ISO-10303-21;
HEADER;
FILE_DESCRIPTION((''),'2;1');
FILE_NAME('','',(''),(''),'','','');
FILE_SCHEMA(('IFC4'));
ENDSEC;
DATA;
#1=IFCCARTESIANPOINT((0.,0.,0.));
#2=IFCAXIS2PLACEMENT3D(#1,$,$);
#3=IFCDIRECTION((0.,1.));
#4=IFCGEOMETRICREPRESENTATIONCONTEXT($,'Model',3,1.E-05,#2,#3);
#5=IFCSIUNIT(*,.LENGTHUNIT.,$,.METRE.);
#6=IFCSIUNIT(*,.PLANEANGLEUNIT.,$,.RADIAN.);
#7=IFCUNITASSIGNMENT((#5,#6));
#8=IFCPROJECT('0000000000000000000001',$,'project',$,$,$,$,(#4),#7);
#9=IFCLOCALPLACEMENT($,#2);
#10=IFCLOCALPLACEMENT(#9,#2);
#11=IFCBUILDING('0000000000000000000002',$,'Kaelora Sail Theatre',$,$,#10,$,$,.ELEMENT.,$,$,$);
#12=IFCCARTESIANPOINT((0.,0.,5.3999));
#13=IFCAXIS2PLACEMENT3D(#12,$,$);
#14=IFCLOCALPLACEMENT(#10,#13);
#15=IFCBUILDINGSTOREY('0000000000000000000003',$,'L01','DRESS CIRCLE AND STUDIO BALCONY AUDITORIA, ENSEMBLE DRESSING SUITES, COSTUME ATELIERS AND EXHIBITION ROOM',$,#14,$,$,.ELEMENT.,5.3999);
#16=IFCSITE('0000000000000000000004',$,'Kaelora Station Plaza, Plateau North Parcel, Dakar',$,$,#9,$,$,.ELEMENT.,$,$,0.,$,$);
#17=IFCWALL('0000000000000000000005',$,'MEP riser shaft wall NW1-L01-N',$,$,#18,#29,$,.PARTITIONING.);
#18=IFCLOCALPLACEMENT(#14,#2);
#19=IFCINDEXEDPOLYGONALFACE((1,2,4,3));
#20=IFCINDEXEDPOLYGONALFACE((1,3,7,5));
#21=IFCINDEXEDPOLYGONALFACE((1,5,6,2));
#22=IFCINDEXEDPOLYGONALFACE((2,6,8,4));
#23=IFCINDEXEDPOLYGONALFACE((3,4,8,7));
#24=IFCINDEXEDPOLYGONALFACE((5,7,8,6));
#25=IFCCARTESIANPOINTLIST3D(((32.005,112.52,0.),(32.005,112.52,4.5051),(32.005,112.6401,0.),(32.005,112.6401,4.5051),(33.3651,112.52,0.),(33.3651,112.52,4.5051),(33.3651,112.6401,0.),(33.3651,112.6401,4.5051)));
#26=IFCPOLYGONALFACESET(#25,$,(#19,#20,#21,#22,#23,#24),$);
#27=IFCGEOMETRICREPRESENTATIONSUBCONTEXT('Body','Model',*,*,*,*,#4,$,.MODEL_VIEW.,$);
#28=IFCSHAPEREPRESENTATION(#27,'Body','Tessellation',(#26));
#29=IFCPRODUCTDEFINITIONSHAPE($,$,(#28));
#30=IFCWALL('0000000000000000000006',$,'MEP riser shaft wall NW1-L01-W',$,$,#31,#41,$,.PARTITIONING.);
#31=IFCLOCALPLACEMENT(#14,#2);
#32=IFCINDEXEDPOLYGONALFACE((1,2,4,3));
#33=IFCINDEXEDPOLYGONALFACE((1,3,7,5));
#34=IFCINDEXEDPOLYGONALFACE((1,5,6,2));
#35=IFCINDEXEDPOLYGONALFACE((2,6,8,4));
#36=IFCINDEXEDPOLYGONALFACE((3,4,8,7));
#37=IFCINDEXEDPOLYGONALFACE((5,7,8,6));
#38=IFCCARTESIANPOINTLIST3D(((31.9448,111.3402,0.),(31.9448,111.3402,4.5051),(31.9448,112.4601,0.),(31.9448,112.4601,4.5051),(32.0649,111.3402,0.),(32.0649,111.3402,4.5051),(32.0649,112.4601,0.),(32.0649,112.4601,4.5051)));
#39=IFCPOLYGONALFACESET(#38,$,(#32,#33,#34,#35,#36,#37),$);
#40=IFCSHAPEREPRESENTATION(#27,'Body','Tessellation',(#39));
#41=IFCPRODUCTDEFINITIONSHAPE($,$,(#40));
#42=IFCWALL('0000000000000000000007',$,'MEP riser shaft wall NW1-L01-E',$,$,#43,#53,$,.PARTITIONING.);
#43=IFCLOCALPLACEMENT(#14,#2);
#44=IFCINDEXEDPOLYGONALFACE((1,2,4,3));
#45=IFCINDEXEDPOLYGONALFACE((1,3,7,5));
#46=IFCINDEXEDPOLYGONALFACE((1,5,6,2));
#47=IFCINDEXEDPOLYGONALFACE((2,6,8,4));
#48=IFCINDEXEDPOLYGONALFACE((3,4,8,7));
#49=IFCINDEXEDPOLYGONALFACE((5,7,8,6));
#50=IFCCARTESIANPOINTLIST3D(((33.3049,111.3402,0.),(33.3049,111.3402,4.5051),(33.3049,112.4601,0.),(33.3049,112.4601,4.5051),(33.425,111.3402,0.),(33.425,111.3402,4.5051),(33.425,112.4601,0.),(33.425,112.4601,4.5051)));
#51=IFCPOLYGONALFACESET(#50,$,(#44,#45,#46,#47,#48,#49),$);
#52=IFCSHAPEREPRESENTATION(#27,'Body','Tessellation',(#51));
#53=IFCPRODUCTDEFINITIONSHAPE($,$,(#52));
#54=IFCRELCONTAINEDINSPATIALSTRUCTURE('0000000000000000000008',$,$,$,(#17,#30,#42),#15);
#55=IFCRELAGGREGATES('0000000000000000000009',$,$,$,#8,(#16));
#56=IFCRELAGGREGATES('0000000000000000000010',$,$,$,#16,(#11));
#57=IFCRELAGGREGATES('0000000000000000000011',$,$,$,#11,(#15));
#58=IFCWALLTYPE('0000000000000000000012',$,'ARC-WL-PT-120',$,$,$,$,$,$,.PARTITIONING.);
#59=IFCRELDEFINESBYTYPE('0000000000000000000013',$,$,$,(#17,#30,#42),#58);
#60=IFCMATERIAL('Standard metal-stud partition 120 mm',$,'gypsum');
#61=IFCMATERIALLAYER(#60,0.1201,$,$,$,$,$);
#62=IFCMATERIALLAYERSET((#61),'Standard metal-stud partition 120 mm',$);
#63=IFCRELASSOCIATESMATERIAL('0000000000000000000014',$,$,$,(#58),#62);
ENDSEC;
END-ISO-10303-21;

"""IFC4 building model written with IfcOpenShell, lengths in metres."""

from ifc_helpers import new_model, si_unit, direction, frame, frame_2d, origin, place, context, subcontext, project, spatial, rectangle, extrude, material, layer, layer_set, type_object, element, save


model = new_model("IFC4")

# Units and contexts
model_context = context("Model", 3, precision=1e-05, world=origin(), true_north=direction((0.0, 1.0)))
body_context = subcontext(model_context, "Body", "Model", "MODEL_VIEW")
ifc_project = project(units=[si_unit("LENGTHUNIT", "METRE"), si_unit("PLANEANGLEUNIT", "RADIAN")], contexts=[model_context])

# Site, building, storey
site_placement = place(None, origin())
site = spatial("IfcSite", under=ifc_project, at=site_placement, Name="Kaelora Station Plaza, Plateau North Parcel, Dakar", CompositionType="ELEMENT", RefElevation=0.0)
building_placement = place(site_placement, origin())
building = spatial("IfcBuilding", under=site, at=building_placement, Name="Kaelora Sail Theatre", CompositionType="ELEMENT")
storey_placement = place(building_placement, frame((0.0, 0.0, 5.3999)))
storey = spatial("IfcBuildingStorey", under=building, at=storey_placement, Name="L01", Description="DRESS CIRCLE AND STUDIO BALCONY AUDITORIA, ENSEMBLE DRESSING SUITES, COSTUME ATELIERS AND EXHIBITION ROOM", CompositionType="ELEMENT", Elevation=5.3999)

# Walls
ifc_material_1 = material(Name="Standard metal-stud partition 120 mm", Category="gypsum")
ifc_layer_1 = layer(ifc_material_1, 0.1201)
ifc_layer_set_1 = layer_set([ifc_layer_1], Name="Standard metal-stud partition 120 mm")
wall_type_1 = type_object("IfcWallType", Name="ARC-WL-PT-120", PredefinedType="PARTITIONING", material=ifc_layer_set_1)
for number, where, z_axis, x_axis, name in (
    (1, (32.0049, 112.5801, 0.0), (0.0, 0.0, 1.0), (1.0, 0.0, 0.0), "MEP riser shaft wall NW1-L01-N"),
):
    element("IfcWall", number, at=place(storey_placement, frame(where, z_axis=z_axis, x_axis=x_axis)), inside=storey, type_object=wall_type_1, Name=name, PredefinedType="PARTITIONING", context=body_context, shape_type="SweptSolid", body=[
        extrude(rectangle(XDim=1.3601, YDim=0.1201, at=frame_2d((0.6802, 0.0))), origin(), (0.0, 0.0, 1.0), 4.5051),
    ])
for number, where, z_axis, x_axis, name in (
    (2, (32.0049, 111.3401, 0.0), (0.0, 0.0, 1.0), (0.0, 1.0, 0.0), "MEP riser shaft wall NW1-L01-W"),
    (3, (33.365, 111.3401, 0.0), (0.0, 0.0, 1.0), (0.0, 1.0, 0.0), "MEP riser shaft wall NW1-L01-E"),
):
    element("IfcWall", number, at=place(storey_placement, frame(where, z_axis=z_axis, x_axis=x_axis)), inside=storey, type_object=wall_type_1, Name=name, PredefinedType="PARTITIONING", context=body_context, shape_type="SweptSolid", body=[
        extrude(rectangle(XDim=1.1199, YDim=0.1201, at=frame_2d((0.5601, 0.0))), origin(), (0.0, 0.0, 1.0), 4.5051),
    ])

save(model, "model.ifc")
